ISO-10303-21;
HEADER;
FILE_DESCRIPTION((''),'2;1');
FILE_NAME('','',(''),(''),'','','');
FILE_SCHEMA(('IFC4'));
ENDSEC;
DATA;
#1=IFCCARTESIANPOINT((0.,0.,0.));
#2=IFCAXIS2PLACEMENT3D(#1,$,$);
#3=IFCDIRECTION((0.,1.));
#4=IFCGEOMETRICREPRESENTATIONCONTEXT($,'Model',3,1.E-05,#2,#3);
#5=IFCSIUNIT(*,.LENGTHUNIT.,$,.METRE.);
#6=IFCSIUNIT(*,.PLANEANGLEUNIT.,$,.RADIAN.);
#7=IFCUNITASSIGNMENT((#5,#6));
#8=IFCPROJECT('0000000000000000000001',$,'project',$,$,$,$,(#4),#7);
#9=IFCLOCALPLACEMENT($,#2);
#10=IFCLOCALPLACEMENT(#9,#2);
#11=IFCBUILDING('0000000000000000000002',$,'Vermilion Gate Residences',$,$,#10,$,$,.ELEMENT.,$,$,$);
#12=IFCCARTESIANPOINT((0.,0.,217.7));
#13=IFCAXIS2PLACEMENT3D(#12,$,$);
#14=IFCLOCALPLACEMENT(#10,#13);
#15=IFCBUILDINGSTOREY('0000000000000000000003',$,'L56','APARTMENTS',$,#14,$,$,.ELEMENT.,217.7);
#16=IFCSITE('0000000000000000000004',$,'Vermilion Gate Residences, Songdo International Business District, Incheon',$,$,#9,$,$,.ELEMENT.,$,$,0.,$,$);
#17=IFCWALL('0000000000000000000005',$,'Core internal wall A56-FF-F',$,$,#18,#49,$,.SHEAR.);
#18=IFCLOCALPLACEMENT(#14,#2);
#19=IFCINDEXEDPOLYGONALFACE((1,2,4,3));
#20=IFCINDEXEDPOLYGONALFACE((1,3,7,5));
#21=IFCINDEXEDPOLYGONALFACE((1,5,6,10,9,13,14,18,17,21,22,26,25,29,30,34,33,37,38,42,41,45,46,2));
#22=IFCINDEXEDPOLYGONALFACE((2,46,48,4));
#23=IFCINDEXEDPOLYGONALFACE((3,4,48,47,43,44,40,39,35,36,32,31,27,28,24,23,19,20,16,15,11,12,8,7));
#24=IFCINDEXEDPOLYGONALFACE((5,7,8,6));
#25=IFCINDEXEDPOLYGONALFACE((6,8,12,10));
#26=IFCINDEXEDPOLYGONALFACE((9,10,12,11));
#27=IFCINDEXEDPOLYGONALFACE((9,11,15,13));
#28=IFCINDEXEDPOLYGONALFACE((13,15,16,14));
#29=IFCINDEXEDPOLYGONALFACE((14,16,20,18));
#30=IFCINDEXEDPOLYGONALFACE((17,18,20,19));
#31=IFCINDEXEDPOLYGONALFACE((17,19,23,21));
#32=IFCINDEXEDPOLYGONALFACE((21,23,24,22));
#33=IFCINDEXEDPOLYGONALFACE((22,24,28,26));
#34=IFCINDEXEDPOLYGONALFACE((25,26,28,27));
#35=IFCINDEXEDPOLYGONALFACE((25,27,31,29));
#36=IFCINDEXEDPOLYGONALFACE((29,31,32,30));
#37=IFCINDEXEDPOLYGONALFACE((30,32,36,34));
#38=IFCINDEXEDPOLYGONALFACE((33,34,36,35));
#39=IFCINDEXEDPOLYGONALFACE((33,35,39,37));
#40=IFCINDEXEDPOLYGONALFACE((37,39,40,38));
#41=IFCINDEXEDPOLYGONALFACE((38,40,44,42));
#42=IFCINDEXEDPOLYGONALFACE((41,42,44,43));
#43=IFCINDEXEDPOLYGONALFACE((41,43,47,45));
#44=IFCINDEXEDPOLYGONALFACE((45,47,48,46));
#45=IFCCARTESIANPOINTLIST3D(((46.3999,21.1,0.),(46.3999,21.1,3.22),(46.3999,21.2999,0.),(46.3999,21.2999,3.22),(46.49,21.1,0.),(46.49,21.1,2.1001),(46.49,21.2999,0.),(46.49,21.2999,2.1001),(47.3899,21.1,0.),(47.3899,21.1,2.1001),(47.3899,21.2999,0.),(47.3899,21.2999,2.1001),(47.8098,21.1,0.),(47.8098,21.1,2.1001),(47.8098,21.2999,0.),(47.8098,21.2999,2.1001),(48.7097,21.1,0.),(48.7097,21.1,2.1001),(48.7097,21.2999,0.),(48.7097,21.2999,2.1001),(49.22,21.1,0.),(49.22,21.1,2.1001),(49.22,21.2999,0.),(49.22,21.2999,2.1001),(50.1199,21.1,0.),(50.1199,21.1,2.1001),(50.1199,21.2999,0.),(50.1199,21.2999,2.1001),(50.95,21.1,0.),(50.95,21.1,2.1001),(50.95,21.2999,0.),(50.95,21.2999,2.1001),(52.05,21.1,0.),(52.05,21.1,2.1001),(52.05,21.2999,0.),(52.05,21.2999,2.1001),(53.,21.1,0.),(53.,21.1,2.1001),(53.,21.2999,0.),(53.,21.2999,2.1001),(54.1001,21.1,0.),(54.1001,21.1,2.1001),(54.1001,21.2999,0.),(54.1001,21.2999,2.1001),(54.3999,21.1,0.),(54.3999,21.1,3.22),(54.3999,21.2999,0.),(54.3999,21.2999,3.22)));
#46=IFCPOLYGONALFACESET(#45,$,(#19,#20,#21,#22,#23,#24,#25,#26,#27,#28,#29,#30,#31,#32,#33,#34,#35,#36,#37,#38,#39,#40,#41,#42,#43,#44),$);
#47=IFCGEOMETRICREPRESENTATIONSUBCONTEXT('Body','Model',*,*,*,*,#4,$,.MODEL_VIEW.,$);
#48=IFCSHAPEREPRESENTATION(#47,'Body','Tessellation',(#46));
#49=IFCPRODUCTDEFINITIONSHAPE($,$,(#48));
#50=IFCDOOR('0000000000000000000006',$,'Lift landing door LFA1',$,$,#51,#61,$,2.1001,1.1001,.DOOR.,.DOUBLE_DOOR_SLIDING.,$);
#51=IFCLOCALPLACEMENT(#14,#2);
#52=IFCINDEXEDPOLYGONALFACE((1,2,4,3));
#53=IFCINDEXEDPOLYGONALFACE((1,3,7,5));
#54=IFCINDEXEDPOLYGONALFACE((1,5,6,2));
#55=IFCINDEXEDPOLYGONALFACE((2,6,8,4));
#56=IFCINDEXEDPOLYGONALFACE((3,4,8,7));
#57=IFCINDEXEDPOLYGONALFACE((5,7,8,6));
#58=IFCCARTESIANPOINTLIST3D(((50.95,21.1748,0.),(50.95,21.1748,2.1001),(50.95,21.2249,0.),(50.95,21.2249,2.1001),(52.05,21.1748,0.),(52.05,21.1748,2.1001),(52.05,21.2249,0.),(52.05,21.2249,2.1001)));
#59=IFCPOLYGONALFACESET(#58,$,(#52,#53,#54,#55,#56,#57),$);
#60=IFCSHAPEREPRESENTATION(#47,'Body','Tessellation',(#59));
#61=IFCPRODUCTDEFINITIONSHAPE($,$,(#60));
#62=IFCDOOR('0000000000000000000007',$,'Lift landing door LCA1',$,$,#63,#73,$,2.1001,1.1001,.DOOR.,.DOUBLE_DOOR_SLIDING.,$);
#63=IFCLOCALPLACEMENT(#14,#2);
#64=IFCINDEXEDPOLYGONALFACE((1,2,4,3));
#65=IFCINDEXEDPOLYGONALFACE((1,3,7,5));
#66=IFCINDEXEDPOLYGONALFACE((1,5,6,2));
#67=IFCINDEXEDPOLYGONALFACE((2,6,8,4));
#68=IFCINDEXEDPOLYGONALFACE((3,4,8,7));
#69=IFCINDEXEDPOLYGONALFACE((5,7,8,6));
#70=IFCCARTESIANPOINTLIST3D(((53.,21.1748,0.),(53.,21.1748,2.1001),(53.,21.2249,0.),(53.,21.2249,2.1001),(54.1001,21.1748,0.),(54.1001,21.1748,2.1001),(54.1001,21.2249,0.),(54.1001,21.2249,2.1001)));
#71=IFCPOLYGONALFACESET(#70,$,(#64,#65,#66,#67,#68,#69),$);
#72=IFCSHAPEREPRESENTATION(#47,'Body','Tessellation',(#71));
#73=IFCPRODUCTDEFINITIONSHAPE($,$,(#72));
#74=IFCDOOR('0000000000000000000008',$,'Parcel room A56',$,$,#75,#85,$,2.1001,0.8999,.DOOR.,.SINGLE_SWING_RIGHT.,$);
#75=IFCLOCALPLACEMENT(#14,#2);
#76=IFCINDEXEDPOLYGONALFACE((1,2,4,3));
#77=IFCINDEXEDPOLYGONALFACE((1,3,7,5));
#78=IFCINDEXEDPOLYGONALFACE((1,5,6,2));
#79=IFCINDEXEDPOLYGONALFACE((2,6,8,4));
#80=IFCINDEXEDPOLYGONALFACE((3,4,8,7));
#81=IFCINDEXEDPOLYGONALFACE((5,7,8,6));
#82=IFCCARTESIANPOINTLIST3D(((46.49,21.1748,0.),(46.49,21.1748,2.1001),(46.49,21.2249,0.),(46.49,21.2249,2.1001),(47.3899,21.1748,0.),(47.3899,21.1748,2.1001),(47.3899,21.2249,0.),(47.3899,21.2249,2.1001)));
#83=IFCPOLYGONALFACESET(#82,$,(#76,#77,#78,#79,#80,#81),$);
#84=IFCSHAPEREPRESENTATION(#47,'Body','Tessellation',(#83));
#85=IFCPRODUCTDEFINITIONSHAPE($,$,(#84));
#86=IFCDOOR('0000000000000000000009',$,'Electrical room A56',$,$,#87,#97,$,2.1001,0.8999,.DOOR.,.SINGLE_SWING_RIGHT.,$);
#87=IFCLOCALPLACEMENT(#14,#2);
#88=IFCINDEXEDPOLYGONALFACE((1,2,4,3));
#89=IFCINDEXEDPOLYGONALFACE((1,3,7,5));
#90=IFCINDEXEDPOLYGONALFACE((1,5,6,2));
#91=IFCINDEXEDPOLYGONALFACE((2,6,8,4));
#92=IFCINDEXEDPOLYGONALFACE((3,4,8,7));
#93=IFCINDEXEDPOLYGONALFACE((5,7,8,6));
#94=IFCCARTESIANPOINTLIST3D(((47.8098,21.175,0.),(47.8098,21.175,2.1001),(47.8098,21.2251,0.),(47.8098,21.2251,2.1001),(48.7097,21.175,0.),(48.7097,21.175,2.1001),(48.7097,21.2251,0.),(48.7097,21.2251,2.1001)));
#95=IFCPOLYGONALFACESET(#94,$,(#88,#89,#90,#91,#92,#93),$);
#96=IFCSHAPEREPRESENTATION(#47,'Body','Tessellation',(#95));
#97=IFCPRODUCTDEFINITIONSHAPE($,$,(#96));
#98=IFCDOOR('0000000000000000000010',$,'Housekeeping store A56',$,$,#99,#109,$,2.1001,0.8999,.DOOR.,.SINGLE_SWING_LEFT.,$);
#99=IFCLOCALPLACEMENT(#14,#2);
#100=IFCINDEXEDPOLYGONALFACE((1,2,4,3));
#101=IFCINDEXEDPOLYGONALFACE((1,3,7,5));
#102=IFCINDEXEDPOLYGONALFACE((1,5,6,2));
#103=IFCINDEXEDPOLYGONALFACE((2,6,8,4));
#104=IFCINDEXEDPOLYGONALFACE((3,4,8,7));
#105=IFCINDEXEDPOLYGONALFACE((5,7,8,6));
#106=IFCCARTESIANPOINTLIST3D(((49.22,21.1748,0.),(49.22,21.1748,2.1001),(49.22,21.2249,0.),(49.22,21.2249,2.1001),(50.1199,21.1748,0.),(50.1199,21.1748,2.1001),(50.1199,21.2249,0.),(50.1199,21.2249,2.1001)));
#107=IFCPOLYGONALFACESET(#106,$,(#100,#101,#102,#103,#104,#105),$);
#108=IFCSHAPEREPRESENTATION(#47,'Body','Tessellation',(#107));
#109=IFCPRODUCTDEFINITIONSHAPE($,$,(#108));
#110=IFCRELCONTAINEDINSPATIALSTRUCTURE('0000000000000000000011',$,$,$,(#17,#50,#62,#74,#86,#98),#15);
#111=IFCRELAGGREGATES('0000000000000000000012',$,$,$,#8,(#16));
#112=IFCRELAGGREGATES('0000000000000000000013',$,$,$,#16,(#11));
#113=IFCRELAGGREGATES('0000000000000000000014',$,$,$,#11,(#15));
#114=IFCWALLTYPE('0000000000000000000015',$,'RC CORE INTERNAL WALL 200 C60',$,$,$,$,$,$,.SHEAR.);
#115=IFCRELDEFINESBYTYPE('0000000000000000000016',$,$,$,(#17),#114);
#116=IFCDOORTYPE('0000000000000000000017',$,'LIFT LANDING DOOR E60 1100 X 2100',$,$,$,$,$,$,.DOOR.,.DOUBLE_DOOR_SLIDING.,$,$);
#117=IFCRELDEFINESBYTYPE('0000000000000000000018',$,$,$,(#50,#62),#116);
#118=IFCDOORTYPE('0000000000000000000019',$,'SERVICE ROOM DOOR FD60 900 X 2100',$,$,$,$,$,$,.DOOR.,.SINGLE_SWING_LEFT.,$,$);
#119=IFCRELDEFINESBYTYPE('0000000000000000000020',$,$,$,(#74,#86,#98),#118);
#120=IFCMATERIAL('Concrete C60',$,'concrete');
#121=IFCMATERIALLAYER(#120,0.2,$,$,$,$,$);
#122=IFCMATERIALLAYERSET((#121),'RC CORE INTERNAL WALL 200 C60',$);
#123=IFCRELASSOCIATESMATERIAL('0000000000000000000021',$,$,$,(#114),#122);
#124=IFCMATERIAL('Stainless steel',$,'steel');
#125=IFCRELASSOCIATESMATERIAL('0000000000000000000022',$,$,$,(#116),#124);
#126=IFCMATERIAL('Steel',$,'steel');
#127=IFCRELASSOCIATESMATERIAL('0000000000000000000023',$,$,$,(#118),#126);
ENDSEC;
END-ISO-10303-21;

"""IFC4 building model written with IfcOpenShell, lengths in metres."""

from ifc_helpers import new_model, si_unit, direction, frame, frame_2d, origin, place, context, subcontext, project, spatial, rectangle, extrude, material, layer, layer_set, type_object, element, fill, save


model = new_model("IFC4")

# Units and contexts
model_context = context("Model", 3, precision=1e-05, world=origin(), true_north=direction((0.0, 1.0)))
body_context = subcontext(model_context, "Body", "Model", "MODEL_VIEW")
ifc_project = project(units=[si_unit("LENGTHUNIT", "METRE"), si_unit("PLANEANGLEUNIT", "RADIAN")], contexts=[model_context])

# Site, building, storey
site_placement = place(None, origin())
site = spatial("IfcSite", under=ifc_project, at=site_placement, Name="Vermilion Gate Residences, Songdo International Business District, Incheon", CompositionType="ELEMENT", RefElevation=0.0)
building_placement = place(site_placement, origin())
building = spatial("IfcBuilding", under=site, at=building_placement, Name="Vermilion Gate Residences", CompositionType="ELEMENT")
storey_placement = place(building_placement, frame((0.0, 0.0, 217.7)))
storey = spatial("IfcBuildingStorey", under=building, at=storey_placement, Name="L56", Description="APARTMENTS", CompositionType="ELEMENT", Elevation=217.7)

# Shared definitions
ifc_material_1 = material(Name="Concrete C60", Category="concrete")
ifc_layer_1 = layer(ifc_material_1, 0.2)
ifc_layer_set_1 = layer_set([ifc_layer_1], Name="RC CORE INTERNAL WALL 200 C60")
wall_type_1 = type_object("IfcWallType", Name="RC CORE INTERNAL WALL 200 C60", PredefinedType="SHEAR", material=ifc_layer_set_1)

# Wall, openings, doors
wall_1_placement = place(storey_placement, frame((46.3999, 21.2, 0.0), z_axis=(0.0, 0.0, 1.0), x_axis=(1.0, 0.0, 0.0)))
wall_1 = element("IfcWall", 1, at=wall_1_placement, inside=storey, type_object=wall_type_1, Name="Core internal wall A56-FF-F", PredefinedType="SHEAR", context=body_context, shape_type="SweptSolid", body=[
    extrude(rectangle(XDim=8.0, YDim=0.2, at=frame_2d((4.0, 0.0))), origin(), (0.0, 0.0, 1.0), 3.22),
])
opening_1_placement = place(wall_1_placement, frame((0.0901, 0.0, 0.0)))
opening_1 = element("IfcOpeningElement", 2, at=opening_1_placement, cuts=wall_1, PredefinedType="OPENING", context=body_context, shape_type="SweptSolid", body=[
    extrude(rectangle(XDim=0.8999, YDim=2.1001, at=frame_2d((0.45, 1.05))), frame((0.0, 0.1099, 0.0), z_axis=(0.0, -1.0, 0.0), x_axis=(1.0, 0.0, 0.0)), (0.0, 0.0, 1.0), 0.22),
])
opening_2_placement = place(wall_1_placement, frame((1.4099, 0.0, 0.0)))
opening_2 = element("IfcOpeningElement", 3, at=opening_2_placement, cuts=wall_1, PredefinedType="OPENING", context=body_context, shape_type="SweptSolid", body=[
    extrude(rectangle(XDim=0.8999, YDim=2.1001, at=frame_2d((0.45, 1.05))), frame((0.0, 0.1099, 0.0), z_axis=(0.0, -1.0, 0.0), x_axis=(1.0, 0.0, 0.0)), (0.0, 0.0, 1.0), 0.22),
])
opening_3_placement = place(wall_1_placement, frame((2.8201, 0.0, 0.0)))
opening_3 = element("IfcOpeningElement", 4, at=opening_3_placement, cuts=wall_1, PredefinedType="OPENING", context=body_context, shape_type="SweptSolid", body=[
    extrude(rectangle(XDim=0.8999, YDim=2.1001, at=frame_2d((0.45, 1.05))), frame((0.0, 0.1099, 0.0), z_axis=(0.0, -1.0, 0.0), x_axis=(1.0, 0.0, 0.0)), (0.0, 0.0, 1.0), 0.22),
])
opening_4_placement = place(wall_1_placement, frame((4.55, 0.0, 0.0)))
opening_4 = element("IfcOpeningElement", 5, at=opening_4_placement, cuts=wall_1, PredefinedType="OPENING", context=body_context, shape_type="SweptSolid", body=[
    extrude(rectangle(XDim=1.1001, YDim=2.1001, at=frame_2d((0.55, 1.05))), frame((0.0, 0.1099, 0.0), z_axis=(0.0, -1.0, 0.0), x_axis=(1.0, 0.0, 0.0)), (0.0, 0.0, 1.0), 0.22),
])
opening_5_placement = place(wall_1_placement, frame((6.6001, 0.0, 0.0)))
opening_5 = element("IfcOpeningElement", 6, at=opening_5_placement, cuts=wall_1, PredefinedType="OPENING", context=body_context, shape_type="SweptSolid", body=[
    extrude(rectangle(XDim=1.1001, YDim=2.1001, at=frame_2d((0.55, 1.05))), frame((0.0, 0.1099, 0.0), z_axis=(0.0, -1.0, 0.0), x_axis=(1.0, 0.0, 0.0)), (0.0, 0.0, 1.0), 0.22),
])
ifc_material_2 = material(Name="Stainless steel", Category="steel")
door_type_1 = type_object("IfcDoorType", Name="LIFT LANDING DOOR E60 1100 X 2100", OperationType="DOUBLE_DOOR_SLIDING", PredefinedType="DOOR", material=ifc_material_2)
door_1_placement = place(opening_4_placement, origin())
door_1 = element("IfcDoor", 7, at=door_1_placement, inside=storey, type_object=door_type_1, Name="Lift landing door LFA1", OperationType="DOUBLE_DOOR_SLIDING", OverallHeight=2.1001, OverallWidth=1.1001, PredefinedType="DOOR", context=body_context, shape_type="SweptSolid", body=[
    extrude(rectangle(XDim=1.1001, YDim=2.1001, at=frame_2d((0.55, 1.05))), frame((0.0, 0.0249, 0.0), z_axis=(0.0, -1.0, 0.0), x_axis=(1.0, 0.0, 0.0)), (0.0, 0.0, 1.0), 0.05),
])
fill(opening_4, door_1)
door_2_placement = place(opening_5_placement, origin())
door_2 = element("IfcDoor", 8, at=door_2_placement, inside=storey, type_object=door_type_1, Name="Lift landing door LCA1", OperationType="DOUBLE_DOOR_SLIDING", OverallHeight=2.1001, OverallWidth=1.1001, PredefinedType="DOOR", context=body_context, shape_type="SweptSolid", body=[
    extrude(rectangle(XDim=1.1001, YDim=2.1001, at=frame_2d((0.55, 1.05))), frame((0.0, 0.0249, 0.0), z_axis=(0.0, -1.0, 0.0), x_axis=(1.0, 0.0, 0.0)), (0.0, 0.0, 1.0), 0.05),
])
fill(opening_5, door_2)
ifc_material_3 = material(Name="Steel", Category="steel")
door_type_2 = type_object("IfcDoorType", Name="SERVICE ROOM DOOR FD60 900 X 2100", OperationType="SINGLE_SWING_LEFT", PredefinedType="DOOR", material=ifc_material_3)
door_3_placement = place(opening_1_placement, origin())
door_3 = element("IfcDoor", 9, at=door_3_placement, inside=storey, type_object=door_type_2, Name="Parcel room A56", OperationType="SINGLE_SWING_RIGHT", OverallHeight=2.1001, OverallWidth=0.8999, PredefinedType="DOOR", context=body_context, shape_type="SweptSolid", body=[
    extrude(rectangle(XDim=0.8999, YDim=2.1001, at=frame_2d((0.45, 1.05))), frame((0.0, 0.0249, 0.0), z_axis=(0.0, -1.0, 0.0), x_axis=(1.0, 0.0, 0.0)), (0.0, 0.0, 1.0), 0.05),
])
fill(opening_1, door_3)
door_4_placement = place(opening_2_placement, frame((0.8999, 0.0, 0.0), z_axis=(0.0, 0.0, 1.0), x_axis=(-1.0, 0.0, 0.0)))
door_4 = element("IfcDoor", 10, at=door_4_placement, inside=storey, type_object=door_type_2, Name="Electrical room A56", OperationType="SINGLE_SWING_RIGHT", OverallHeight=2.1001, OverallWidth=0.8999, PredefinedType="DOOR", context=body_context, shape_type="SweptSolid", body=[
    extrude(rectangle(XDim=0.8999, YDim=2.1001, at=frame_2d((0.45, 1.05))), frame((0.0, 0.0249, 0.0), z_axis=(0.0, -1.0, 0.0), x_axis=(1.0, 0.0, 0.0)), (0.0, 0.0, 1.0), 0.05),
])
fill(opening_2, door_4)
door_5_placement = place(opening_3_placement, origin())
door_5 = element("IfcDoor", 11, at=door_5_placement, inside=storey, type_object=door_type_2, Name="Housekeeping store A56", OperationType="SINGLE_SWING_LEFT", OverallHeight=2.1001, OverallWidth=0.8999, PredefinedType="DOOR", context=body_context, shape_type="SweptSolid", body=[
    extrude(rectangle(XDim=0.8999, YDim=2.1001, at=frame_2d((0.45, 1.05))), frame((0.0, 0.0249, 0.0), z_axis=(0.0, -1.0, 0.0), x_axis=(1.0, 0.0, 0.0)), (0.0, 0.0, 1.0), 0.05),
])
fill(opening_3, door_5)

save(model, "model.ifc")
